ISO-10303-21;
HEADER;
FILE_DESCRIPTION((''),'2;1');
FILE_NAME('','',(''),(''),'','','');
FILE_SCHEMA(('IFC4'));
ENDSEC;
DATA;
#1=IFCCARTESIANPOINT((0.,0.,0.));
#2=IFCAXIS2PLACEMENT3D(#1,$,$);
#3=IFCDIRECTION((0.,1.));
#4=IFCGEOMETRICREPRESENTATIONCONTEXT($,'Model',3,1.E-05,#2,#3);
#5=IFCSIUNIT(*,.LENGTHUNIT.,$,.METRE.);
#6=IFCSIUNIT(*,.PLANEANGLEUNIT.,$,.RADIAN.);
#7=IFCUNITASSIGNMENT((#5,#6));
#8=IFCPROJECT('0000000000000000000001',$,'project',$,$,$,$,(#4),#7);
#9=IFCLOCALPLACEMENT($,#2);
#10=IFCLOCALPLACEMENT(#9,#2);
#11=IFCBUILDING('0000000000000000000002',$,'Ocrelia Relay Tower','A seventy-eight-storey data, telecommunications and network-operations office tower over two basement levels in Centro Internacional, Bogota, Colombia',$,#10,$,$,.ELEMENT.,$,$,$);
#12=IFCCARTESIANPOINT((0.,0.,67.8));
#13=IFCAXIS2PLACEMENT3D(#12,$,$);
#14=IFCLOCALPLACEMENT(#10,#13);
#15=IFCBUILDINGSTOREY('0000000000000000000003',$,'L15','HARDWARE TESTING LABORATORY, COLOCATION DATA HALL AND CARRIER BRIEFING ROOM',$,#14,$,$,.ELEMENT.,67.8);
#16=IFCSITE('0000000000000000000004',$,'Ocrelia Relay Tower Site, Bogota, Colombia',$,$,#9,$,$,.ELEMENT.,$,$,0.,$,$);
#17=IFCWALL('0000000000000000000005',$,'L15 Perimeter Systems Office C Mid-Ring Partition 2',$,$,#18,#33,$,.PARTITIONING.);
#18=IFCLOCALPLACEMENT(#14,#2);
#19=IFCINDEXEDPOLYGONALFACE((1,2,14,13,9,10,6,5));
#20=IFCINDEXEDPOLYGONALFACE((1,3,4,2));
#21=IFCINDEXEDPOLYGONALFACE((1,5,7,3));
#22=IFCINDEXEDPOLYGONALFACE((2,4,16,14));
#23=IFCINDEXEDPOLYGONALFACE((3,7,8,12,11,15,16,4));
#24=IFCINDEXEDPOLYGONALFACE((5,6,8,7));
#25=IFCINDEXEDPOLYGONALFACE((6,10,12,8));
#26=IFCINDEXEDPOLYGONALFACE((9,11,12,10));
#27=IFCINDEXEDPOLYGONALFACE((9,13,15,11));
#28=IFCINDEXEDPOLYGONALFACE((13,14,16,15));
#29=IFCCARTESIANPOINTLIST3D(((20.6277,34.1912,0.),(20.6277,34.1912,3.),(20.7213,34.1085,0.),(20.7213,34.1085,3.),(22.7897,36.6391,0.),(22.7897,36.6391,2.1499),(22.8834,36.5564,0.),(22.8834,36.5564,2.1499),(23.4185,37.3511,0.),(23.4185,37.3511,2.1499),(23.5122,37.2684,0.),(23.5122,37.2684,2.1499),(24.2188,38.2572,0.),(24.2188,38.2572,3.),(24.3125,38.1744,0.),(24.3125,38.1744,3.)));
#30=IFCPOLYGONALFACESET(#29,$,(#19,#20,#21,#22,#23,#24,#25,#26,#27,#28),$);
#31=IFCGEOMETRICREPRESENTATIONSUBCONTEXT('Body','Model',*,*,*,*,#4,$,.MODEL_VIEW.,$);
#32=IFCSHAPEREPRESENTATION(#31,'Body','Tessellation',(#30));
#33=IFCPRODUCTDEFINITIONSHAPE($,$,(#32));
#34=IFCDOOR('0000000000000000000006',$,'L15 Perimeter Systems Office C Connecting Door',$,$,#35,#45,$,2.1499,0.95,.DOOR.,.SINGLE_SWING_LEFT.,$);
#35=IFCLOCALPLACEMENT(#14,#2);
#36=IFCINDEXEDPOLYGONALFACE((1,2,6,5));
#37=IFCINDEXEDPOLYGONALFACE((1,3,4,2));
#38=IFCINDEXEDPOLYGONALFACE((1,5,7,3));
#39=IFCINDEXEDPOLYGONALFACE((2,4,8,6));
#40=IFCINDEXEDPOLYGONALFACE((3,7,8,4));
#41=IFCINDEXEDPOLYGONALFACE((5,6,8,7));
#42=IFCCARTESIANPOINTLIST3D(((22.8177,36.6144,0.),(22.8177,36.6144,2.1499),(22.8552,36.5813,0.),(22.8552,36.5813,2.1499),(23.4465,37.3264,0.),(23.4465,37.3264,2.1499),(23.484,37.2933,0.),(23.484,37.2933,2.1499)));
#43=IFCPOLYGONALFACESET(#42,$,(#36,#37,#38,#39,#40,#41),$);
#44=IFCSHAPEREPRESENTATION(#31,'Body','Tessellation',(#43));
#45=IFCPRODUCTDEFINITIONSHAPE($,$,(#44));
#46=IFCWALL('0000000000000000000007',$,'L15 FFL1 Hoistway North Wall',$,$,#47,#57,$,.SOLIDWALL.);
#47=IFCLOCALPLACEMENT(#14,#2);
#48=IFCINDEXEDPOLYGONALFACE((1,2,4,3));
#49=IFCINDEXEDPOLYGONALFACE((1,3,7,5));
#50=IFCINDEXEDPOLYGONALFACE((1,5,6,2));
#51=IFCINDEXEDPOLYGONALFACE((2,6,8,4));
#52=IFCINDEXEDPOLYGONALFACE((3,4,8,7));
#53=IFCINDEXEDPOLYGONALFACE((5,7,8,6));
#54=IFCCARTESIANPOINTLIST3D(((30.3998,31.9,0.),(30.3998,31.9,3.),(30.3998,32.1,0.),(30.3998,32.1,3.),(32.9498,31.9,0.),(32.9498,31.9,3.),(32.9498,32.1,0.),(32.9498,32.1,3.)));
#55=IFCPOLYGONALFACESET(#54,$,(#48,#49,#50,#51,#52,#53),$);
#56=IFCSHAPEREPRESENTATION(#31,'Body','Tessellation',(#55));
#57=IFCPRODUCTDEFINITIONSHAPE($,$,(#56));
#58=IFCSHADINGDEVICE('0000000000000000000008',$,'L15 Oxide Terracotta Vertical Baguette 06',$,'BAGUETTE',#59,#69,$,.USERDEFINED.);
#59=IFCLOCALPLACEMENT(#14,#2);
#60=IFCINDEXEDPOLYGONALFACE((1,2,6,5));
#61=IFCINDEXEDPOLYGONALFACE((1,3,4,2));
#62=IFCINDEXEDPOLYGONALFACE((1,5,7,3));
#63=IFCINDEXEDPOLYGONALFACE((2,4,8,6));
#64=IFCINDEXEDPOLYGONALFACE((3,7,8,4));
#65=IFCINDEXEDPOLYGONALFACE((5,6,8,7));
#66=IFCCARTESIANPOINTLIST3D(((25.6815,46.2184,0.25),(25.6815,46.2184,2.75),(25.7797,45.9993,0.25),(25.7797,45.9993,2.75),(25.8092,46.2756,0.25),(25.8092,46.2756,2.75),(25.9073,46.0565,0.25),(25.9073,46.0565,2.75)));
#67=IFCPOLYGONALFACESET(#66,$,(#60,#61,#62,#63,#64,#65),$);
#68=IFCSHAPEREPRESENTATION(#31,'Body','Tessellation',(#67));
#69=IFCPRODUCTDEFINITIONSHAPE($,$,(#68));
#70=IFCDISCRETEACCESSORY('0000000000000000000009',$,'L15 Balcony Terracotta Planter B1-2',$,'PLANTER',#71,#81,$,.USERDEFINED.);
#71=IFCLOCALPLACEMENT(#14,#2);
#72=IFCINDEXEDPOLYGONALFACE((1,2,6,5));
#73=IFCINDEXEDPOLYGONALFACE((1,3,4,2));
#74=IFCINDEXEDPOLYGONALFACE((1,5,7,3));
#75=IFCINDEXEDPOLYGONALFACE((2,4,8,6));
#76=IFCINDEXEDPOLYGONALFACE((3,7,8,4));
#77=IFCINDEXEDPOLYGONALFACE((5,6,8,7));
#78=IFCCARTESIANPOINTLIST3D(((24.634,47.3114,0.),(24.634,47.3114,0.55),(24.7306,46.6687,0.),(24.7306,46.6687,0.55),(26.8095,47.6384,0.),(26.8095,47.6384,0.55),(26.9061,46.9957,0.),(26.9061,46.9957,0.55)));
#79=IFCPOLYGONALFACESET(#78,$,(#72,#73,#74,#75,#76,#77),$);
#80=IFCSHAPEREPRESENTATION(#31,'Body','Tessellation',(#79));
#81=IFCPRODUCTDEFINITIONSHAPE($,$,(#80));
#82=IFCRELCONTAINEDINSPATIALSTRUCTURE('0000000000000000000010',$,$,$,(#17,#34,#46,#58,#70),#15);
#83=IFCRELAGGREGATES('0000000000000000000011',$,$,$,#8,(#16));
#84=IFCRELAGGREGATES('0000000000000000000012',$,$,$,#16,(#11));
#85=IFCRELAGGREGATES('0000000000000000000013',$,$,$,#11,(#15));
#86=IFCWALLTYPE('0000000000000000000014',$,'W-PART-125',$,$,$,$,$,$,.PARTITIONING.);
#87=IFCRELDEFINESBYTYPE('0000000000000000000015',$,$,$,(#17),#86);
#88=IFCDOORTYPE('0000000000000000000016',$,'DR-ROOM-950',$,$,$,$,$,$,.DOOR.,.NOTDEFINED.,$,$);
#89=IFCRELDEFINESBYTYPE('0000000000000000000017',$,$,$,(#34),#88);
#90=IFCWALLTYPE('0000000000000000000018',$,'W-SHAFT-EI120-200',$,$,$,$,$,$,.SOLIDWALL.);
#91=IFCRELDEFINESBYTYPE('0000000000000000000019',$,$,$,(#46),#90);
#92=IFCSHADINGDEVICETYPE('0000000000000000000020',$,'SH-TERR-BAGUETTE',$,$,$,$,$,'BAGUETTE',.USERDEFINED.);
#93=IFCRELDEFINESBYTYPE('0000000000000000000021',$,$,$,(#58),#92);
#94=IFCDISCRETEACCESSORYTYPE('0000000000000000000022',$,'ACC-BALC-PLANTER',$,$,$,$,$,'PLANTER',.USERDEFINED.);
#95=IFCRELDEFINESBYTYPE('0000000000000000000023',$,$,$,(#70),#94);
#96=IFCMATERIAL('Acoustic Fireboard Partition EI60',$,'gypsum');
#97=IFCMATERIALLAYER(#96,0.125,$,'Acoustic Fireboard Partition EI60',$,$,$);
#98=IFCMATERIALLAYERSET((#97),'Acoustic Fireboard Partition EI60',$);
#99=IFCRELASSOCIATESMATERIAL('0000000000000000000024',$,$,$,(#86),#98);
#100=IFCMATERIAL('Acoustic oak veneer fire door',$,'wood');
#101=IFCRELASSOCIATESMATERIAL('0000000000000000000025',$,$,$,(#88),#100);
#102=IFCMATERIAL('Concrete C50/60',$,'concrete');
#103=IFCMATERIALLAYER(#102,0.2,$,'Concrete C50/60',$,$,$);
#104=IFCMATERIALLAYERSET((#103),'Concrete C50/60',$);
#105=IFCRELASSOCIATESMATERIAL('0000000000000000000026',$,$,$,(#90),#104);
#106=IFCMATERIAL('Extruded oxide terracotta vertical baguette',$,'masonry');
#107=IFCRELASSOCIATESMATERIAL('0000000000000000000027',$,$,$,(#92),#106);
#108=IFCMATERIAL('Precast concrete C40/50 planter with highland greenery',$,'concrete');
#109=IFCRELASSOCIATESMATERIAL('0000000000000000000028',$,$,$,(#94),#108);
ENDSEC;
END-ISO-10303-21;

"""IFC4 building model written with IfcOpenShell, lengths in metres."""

from ifc_helpers import new_model, si_unit, direction, frame, frame_2d, origin, origin_2d, place, context, subcontext, project, spatial, rectangle, extrude, material, layer, layer_set, type_object, element, fill, save


model = new_model("IFC4")

# Units and contexts
model_context = context("Model", 3, precision=1e-05, world=origin(), true_north=direction((0.0, 1.0)))
body_context = subcontext(model_context, "Body", "Model", "MODEL_VIEW")
ifc_project = project(units=[si_unit("LENGTHUNIT", "METRE"), si_unit("PLANEANGLEUNIT", "RADIAN")], contexts=[model_context])

# Site, building, storey
site_placement = place(None, origin())
site = spatial("IfcSite", under=ifc_project, at=site_placement, Name="Ocrelia Relay Tower Site, Bogota, Colombia", CompositionType="ELEMENT", RefElevation=0.0)
building_placement = place(site_placement, origin())
building = spatial("IfcBuilding", under=site, at=building_placement, Name="Ocrelia Relay Tower", Description="A seventy-eight-storey data, telecommunications and network-operations office tower over two basement levels in Centro Internacional, Bogota, Colombia", CompositionType="ELEMENT")
storey_placement = place(building_placement, frame((0.0, 0.0, 67.8)))
storey = spatial("IfcBuildingStorey", under=building, at=storey_placement, Name="L15", Description="HARDWARE TESTING LABORATORY, COLOCATION DATA HALL AND CARRIER BRIEFING ROOM", CompositionType="ELEMENT", Elevation=67.8)

# Shared definitions
ifc_material_1 = material(Name="Acoustic oak veneer fire door", Category="wood")

# Shared definitions
ifc_material_2 = material(Name="Concrete C50/60", Category="concrete")

# Shared definitions
ifc_material_3 = material(Name="Acoustic Fireboard Partition EI60", Category="gypsum")
ifc_layer_1 = layer(ifc_material_3, 0.125, Name="Acoustic Fireboard Partition EI60")
ifc_layer_set_1 = layer_set([ifc_layer_1], Name="Acoustic Fireboard Partition EI60")
wall_type_1 = type_object("IfcWallType", Name="W-PART-125", PredefinedType="PARTITIONING", material=ifc_layer_set_1)

# Wall, opening, door
wall_1_placement = place(storey_placement, frame((24.2656, 38.2158, 0.0), z_axis=(0.0, 0.0, 1.0), x_axis=(-0.661983, -0.749519, 0.0)))
wall_1 = element("IfcWall", 1, at=wall_1_placement, inside=storey, type_object=wall_type_1, Name="L15 Perimeter Systems Office C Mid-Ring Partition 2", PredefinedType="PARTITIONING", context=body_context, shape_type="SweptSolid", body=[
    extrude(rectangle(XDim=5.4248, YDim=0.125, at=frame_2d((2.7124, 0.0))), origin(), (0.0, 0.0, 1.0), 3.0),
])
opening_1_placement = place(wall_1_placement, frame((1.2087, 0.0, 0.0)))
opening_1 = element("IfcOpeningElement", 2, at=opening_1_placement, cuts=wall_1, PredefinedType="OPENING", context=body_context, shape_type="SweptSolid", body=[
    extrude(rectangle(XDim=0.95, YDim=2.1499, at=frame_2d((0.4751, 1.075))), frame((0.0, 0.0725, 0.0), z_axis=(0.0, -1.0, 0.0), x_axis=(1.0, 0.0, 0.0)), (0.0, 0.0, 1.0), 0.145),
])
door_type_1 = type_object("IfcDoorType", Name="DR-ROOM-950", OperationType="NOTDEFINED", PredefinedType="DOOR", material=ifc_material_1)
door_1_placement = place(opening_1_placement, origin())
door_1 = element("IfcDoor", 3, at=door_1_placement, inside=storey, type_object=door_type_1, Name="L15 Perimeter Systems Office C Connecting Door", OperationType="SINGLE_SWING_LEFT", OverallHeight=2.1499, OverallWidth=0.95, PredefinedType="DOOR", context=body_context, shape_type="SweptSolid", body=[
    extrude(rectangle(XDim=0.95, YDim=2.1499, at=frame_2d((0.4751, 1.075))), frame((0.0, 0.0249, 0.0), z_axis=(0.0, -1.0, 0.0), x_axis=(1.0, 0.0, 0.0)), (0.0, 0.0, 1.0), 0.05),
])
fill(opening_1, door_1)

# Wall
ifc_layer_2 = layer(ifc_material_2, 0.2, Name="Concrete C50/60")
ifc_layer_set_2 = layer_set([ifc_layer_2], Name="Concrete C50/60")
wall_type_2 = type_object("IfcWallType", Name="W-SHAFT-EI120-200", PredefinedType="SOLIDWALL", material=ifc_layer_set_2)
wall_2_placement = place(storey_placement, frame((30.3999, 32.0, 0.0), z_axis=(0.0, 0.0, 1.0), x_axis=(1.0, 0.0, 0.0)))
element("IfcWall", 4, at=wall_2_placement, inside=storey, type_object=wall_type_2, Name="L15 FFL1 Hoistway North Wall", PredefinedType="SOLIDWALL", context=body_context, shape_type="SweptSolid", body=[
    extrude(rectangle(XDim=2.55, YDim=0.2, at=frame_2d((1.2749, 0.0))), origin(), (0.0, 0.0, 1.0), 3.0),
])

# Shading device
ifc_material_4 = material(Name="Extruded oxide terracotta vertical baguette", Category="masonry")
shading_device_type = type_object("IfcShadingDeviceType", Name="SH-TERR-BAGUETTE", ElementType="BAGUETTE", PredefinedType="USERDEFINED", material=ifc_material_4)
shading_device_placement = place(storey_placement, frame((25.7944, 46.1375, 0.25), z_axis=(0.0, 0.0, 1.0), x_axis=(-0.912604, -0.408844, 0.0)))
element("IfcShadingDevice", 5, at=shading_device_placement, inside=storey, type_object=shading_device_type, Name="L15 Oxide Terracotta Vertical Baguette 06", ObjectType="BAGUETTE", PredefinedType="USERDEFINED", context=body_context, shape_type="SweptSolid", body=[
    extrude(rectangle(XDim=0.1399, YDim=0.24, at=origin_2d()), origin(), (0.0, 0.0, 1.0), 2.5),
])

# Discrete accessory
ifc_material_5 = material(Name="Precast concrete C40/50 planter with highland greenery", Category="concrete")
discrete_accessory_type = type_object("IfcDiscreteAccessoryType", Name="ACC-BALC-PLANTER", ElementType="PLANTER", PredefinedType="USERDEFINED", material=ifc_material_5)
discrete_accessory_placement = place(storey_placement, frame((25.77, 47.1536, 0.0), z_axis=(0.0, 0.0, 1.0), x_axis=(0.988888, 0.148663, 0.0)))
element("IfcDiscreteAccessory", 6, at=discrete_accessory_placement, inside=storey, type_object=discrete_accessory_type, Name="L15 Balcony Terracotta Planter B1-2", ObjectType="PLANTER", PredefinedType="USERDEFINED", context=body_context, shape_type="SweptSolid", body=[
    extrude(rectangle(XDim=2.2, YDim=0.6499, at=origin_2d()), origin(), (0.0, 0.0, 1.0), 0.55),
])

save(model, "model.ifc")
